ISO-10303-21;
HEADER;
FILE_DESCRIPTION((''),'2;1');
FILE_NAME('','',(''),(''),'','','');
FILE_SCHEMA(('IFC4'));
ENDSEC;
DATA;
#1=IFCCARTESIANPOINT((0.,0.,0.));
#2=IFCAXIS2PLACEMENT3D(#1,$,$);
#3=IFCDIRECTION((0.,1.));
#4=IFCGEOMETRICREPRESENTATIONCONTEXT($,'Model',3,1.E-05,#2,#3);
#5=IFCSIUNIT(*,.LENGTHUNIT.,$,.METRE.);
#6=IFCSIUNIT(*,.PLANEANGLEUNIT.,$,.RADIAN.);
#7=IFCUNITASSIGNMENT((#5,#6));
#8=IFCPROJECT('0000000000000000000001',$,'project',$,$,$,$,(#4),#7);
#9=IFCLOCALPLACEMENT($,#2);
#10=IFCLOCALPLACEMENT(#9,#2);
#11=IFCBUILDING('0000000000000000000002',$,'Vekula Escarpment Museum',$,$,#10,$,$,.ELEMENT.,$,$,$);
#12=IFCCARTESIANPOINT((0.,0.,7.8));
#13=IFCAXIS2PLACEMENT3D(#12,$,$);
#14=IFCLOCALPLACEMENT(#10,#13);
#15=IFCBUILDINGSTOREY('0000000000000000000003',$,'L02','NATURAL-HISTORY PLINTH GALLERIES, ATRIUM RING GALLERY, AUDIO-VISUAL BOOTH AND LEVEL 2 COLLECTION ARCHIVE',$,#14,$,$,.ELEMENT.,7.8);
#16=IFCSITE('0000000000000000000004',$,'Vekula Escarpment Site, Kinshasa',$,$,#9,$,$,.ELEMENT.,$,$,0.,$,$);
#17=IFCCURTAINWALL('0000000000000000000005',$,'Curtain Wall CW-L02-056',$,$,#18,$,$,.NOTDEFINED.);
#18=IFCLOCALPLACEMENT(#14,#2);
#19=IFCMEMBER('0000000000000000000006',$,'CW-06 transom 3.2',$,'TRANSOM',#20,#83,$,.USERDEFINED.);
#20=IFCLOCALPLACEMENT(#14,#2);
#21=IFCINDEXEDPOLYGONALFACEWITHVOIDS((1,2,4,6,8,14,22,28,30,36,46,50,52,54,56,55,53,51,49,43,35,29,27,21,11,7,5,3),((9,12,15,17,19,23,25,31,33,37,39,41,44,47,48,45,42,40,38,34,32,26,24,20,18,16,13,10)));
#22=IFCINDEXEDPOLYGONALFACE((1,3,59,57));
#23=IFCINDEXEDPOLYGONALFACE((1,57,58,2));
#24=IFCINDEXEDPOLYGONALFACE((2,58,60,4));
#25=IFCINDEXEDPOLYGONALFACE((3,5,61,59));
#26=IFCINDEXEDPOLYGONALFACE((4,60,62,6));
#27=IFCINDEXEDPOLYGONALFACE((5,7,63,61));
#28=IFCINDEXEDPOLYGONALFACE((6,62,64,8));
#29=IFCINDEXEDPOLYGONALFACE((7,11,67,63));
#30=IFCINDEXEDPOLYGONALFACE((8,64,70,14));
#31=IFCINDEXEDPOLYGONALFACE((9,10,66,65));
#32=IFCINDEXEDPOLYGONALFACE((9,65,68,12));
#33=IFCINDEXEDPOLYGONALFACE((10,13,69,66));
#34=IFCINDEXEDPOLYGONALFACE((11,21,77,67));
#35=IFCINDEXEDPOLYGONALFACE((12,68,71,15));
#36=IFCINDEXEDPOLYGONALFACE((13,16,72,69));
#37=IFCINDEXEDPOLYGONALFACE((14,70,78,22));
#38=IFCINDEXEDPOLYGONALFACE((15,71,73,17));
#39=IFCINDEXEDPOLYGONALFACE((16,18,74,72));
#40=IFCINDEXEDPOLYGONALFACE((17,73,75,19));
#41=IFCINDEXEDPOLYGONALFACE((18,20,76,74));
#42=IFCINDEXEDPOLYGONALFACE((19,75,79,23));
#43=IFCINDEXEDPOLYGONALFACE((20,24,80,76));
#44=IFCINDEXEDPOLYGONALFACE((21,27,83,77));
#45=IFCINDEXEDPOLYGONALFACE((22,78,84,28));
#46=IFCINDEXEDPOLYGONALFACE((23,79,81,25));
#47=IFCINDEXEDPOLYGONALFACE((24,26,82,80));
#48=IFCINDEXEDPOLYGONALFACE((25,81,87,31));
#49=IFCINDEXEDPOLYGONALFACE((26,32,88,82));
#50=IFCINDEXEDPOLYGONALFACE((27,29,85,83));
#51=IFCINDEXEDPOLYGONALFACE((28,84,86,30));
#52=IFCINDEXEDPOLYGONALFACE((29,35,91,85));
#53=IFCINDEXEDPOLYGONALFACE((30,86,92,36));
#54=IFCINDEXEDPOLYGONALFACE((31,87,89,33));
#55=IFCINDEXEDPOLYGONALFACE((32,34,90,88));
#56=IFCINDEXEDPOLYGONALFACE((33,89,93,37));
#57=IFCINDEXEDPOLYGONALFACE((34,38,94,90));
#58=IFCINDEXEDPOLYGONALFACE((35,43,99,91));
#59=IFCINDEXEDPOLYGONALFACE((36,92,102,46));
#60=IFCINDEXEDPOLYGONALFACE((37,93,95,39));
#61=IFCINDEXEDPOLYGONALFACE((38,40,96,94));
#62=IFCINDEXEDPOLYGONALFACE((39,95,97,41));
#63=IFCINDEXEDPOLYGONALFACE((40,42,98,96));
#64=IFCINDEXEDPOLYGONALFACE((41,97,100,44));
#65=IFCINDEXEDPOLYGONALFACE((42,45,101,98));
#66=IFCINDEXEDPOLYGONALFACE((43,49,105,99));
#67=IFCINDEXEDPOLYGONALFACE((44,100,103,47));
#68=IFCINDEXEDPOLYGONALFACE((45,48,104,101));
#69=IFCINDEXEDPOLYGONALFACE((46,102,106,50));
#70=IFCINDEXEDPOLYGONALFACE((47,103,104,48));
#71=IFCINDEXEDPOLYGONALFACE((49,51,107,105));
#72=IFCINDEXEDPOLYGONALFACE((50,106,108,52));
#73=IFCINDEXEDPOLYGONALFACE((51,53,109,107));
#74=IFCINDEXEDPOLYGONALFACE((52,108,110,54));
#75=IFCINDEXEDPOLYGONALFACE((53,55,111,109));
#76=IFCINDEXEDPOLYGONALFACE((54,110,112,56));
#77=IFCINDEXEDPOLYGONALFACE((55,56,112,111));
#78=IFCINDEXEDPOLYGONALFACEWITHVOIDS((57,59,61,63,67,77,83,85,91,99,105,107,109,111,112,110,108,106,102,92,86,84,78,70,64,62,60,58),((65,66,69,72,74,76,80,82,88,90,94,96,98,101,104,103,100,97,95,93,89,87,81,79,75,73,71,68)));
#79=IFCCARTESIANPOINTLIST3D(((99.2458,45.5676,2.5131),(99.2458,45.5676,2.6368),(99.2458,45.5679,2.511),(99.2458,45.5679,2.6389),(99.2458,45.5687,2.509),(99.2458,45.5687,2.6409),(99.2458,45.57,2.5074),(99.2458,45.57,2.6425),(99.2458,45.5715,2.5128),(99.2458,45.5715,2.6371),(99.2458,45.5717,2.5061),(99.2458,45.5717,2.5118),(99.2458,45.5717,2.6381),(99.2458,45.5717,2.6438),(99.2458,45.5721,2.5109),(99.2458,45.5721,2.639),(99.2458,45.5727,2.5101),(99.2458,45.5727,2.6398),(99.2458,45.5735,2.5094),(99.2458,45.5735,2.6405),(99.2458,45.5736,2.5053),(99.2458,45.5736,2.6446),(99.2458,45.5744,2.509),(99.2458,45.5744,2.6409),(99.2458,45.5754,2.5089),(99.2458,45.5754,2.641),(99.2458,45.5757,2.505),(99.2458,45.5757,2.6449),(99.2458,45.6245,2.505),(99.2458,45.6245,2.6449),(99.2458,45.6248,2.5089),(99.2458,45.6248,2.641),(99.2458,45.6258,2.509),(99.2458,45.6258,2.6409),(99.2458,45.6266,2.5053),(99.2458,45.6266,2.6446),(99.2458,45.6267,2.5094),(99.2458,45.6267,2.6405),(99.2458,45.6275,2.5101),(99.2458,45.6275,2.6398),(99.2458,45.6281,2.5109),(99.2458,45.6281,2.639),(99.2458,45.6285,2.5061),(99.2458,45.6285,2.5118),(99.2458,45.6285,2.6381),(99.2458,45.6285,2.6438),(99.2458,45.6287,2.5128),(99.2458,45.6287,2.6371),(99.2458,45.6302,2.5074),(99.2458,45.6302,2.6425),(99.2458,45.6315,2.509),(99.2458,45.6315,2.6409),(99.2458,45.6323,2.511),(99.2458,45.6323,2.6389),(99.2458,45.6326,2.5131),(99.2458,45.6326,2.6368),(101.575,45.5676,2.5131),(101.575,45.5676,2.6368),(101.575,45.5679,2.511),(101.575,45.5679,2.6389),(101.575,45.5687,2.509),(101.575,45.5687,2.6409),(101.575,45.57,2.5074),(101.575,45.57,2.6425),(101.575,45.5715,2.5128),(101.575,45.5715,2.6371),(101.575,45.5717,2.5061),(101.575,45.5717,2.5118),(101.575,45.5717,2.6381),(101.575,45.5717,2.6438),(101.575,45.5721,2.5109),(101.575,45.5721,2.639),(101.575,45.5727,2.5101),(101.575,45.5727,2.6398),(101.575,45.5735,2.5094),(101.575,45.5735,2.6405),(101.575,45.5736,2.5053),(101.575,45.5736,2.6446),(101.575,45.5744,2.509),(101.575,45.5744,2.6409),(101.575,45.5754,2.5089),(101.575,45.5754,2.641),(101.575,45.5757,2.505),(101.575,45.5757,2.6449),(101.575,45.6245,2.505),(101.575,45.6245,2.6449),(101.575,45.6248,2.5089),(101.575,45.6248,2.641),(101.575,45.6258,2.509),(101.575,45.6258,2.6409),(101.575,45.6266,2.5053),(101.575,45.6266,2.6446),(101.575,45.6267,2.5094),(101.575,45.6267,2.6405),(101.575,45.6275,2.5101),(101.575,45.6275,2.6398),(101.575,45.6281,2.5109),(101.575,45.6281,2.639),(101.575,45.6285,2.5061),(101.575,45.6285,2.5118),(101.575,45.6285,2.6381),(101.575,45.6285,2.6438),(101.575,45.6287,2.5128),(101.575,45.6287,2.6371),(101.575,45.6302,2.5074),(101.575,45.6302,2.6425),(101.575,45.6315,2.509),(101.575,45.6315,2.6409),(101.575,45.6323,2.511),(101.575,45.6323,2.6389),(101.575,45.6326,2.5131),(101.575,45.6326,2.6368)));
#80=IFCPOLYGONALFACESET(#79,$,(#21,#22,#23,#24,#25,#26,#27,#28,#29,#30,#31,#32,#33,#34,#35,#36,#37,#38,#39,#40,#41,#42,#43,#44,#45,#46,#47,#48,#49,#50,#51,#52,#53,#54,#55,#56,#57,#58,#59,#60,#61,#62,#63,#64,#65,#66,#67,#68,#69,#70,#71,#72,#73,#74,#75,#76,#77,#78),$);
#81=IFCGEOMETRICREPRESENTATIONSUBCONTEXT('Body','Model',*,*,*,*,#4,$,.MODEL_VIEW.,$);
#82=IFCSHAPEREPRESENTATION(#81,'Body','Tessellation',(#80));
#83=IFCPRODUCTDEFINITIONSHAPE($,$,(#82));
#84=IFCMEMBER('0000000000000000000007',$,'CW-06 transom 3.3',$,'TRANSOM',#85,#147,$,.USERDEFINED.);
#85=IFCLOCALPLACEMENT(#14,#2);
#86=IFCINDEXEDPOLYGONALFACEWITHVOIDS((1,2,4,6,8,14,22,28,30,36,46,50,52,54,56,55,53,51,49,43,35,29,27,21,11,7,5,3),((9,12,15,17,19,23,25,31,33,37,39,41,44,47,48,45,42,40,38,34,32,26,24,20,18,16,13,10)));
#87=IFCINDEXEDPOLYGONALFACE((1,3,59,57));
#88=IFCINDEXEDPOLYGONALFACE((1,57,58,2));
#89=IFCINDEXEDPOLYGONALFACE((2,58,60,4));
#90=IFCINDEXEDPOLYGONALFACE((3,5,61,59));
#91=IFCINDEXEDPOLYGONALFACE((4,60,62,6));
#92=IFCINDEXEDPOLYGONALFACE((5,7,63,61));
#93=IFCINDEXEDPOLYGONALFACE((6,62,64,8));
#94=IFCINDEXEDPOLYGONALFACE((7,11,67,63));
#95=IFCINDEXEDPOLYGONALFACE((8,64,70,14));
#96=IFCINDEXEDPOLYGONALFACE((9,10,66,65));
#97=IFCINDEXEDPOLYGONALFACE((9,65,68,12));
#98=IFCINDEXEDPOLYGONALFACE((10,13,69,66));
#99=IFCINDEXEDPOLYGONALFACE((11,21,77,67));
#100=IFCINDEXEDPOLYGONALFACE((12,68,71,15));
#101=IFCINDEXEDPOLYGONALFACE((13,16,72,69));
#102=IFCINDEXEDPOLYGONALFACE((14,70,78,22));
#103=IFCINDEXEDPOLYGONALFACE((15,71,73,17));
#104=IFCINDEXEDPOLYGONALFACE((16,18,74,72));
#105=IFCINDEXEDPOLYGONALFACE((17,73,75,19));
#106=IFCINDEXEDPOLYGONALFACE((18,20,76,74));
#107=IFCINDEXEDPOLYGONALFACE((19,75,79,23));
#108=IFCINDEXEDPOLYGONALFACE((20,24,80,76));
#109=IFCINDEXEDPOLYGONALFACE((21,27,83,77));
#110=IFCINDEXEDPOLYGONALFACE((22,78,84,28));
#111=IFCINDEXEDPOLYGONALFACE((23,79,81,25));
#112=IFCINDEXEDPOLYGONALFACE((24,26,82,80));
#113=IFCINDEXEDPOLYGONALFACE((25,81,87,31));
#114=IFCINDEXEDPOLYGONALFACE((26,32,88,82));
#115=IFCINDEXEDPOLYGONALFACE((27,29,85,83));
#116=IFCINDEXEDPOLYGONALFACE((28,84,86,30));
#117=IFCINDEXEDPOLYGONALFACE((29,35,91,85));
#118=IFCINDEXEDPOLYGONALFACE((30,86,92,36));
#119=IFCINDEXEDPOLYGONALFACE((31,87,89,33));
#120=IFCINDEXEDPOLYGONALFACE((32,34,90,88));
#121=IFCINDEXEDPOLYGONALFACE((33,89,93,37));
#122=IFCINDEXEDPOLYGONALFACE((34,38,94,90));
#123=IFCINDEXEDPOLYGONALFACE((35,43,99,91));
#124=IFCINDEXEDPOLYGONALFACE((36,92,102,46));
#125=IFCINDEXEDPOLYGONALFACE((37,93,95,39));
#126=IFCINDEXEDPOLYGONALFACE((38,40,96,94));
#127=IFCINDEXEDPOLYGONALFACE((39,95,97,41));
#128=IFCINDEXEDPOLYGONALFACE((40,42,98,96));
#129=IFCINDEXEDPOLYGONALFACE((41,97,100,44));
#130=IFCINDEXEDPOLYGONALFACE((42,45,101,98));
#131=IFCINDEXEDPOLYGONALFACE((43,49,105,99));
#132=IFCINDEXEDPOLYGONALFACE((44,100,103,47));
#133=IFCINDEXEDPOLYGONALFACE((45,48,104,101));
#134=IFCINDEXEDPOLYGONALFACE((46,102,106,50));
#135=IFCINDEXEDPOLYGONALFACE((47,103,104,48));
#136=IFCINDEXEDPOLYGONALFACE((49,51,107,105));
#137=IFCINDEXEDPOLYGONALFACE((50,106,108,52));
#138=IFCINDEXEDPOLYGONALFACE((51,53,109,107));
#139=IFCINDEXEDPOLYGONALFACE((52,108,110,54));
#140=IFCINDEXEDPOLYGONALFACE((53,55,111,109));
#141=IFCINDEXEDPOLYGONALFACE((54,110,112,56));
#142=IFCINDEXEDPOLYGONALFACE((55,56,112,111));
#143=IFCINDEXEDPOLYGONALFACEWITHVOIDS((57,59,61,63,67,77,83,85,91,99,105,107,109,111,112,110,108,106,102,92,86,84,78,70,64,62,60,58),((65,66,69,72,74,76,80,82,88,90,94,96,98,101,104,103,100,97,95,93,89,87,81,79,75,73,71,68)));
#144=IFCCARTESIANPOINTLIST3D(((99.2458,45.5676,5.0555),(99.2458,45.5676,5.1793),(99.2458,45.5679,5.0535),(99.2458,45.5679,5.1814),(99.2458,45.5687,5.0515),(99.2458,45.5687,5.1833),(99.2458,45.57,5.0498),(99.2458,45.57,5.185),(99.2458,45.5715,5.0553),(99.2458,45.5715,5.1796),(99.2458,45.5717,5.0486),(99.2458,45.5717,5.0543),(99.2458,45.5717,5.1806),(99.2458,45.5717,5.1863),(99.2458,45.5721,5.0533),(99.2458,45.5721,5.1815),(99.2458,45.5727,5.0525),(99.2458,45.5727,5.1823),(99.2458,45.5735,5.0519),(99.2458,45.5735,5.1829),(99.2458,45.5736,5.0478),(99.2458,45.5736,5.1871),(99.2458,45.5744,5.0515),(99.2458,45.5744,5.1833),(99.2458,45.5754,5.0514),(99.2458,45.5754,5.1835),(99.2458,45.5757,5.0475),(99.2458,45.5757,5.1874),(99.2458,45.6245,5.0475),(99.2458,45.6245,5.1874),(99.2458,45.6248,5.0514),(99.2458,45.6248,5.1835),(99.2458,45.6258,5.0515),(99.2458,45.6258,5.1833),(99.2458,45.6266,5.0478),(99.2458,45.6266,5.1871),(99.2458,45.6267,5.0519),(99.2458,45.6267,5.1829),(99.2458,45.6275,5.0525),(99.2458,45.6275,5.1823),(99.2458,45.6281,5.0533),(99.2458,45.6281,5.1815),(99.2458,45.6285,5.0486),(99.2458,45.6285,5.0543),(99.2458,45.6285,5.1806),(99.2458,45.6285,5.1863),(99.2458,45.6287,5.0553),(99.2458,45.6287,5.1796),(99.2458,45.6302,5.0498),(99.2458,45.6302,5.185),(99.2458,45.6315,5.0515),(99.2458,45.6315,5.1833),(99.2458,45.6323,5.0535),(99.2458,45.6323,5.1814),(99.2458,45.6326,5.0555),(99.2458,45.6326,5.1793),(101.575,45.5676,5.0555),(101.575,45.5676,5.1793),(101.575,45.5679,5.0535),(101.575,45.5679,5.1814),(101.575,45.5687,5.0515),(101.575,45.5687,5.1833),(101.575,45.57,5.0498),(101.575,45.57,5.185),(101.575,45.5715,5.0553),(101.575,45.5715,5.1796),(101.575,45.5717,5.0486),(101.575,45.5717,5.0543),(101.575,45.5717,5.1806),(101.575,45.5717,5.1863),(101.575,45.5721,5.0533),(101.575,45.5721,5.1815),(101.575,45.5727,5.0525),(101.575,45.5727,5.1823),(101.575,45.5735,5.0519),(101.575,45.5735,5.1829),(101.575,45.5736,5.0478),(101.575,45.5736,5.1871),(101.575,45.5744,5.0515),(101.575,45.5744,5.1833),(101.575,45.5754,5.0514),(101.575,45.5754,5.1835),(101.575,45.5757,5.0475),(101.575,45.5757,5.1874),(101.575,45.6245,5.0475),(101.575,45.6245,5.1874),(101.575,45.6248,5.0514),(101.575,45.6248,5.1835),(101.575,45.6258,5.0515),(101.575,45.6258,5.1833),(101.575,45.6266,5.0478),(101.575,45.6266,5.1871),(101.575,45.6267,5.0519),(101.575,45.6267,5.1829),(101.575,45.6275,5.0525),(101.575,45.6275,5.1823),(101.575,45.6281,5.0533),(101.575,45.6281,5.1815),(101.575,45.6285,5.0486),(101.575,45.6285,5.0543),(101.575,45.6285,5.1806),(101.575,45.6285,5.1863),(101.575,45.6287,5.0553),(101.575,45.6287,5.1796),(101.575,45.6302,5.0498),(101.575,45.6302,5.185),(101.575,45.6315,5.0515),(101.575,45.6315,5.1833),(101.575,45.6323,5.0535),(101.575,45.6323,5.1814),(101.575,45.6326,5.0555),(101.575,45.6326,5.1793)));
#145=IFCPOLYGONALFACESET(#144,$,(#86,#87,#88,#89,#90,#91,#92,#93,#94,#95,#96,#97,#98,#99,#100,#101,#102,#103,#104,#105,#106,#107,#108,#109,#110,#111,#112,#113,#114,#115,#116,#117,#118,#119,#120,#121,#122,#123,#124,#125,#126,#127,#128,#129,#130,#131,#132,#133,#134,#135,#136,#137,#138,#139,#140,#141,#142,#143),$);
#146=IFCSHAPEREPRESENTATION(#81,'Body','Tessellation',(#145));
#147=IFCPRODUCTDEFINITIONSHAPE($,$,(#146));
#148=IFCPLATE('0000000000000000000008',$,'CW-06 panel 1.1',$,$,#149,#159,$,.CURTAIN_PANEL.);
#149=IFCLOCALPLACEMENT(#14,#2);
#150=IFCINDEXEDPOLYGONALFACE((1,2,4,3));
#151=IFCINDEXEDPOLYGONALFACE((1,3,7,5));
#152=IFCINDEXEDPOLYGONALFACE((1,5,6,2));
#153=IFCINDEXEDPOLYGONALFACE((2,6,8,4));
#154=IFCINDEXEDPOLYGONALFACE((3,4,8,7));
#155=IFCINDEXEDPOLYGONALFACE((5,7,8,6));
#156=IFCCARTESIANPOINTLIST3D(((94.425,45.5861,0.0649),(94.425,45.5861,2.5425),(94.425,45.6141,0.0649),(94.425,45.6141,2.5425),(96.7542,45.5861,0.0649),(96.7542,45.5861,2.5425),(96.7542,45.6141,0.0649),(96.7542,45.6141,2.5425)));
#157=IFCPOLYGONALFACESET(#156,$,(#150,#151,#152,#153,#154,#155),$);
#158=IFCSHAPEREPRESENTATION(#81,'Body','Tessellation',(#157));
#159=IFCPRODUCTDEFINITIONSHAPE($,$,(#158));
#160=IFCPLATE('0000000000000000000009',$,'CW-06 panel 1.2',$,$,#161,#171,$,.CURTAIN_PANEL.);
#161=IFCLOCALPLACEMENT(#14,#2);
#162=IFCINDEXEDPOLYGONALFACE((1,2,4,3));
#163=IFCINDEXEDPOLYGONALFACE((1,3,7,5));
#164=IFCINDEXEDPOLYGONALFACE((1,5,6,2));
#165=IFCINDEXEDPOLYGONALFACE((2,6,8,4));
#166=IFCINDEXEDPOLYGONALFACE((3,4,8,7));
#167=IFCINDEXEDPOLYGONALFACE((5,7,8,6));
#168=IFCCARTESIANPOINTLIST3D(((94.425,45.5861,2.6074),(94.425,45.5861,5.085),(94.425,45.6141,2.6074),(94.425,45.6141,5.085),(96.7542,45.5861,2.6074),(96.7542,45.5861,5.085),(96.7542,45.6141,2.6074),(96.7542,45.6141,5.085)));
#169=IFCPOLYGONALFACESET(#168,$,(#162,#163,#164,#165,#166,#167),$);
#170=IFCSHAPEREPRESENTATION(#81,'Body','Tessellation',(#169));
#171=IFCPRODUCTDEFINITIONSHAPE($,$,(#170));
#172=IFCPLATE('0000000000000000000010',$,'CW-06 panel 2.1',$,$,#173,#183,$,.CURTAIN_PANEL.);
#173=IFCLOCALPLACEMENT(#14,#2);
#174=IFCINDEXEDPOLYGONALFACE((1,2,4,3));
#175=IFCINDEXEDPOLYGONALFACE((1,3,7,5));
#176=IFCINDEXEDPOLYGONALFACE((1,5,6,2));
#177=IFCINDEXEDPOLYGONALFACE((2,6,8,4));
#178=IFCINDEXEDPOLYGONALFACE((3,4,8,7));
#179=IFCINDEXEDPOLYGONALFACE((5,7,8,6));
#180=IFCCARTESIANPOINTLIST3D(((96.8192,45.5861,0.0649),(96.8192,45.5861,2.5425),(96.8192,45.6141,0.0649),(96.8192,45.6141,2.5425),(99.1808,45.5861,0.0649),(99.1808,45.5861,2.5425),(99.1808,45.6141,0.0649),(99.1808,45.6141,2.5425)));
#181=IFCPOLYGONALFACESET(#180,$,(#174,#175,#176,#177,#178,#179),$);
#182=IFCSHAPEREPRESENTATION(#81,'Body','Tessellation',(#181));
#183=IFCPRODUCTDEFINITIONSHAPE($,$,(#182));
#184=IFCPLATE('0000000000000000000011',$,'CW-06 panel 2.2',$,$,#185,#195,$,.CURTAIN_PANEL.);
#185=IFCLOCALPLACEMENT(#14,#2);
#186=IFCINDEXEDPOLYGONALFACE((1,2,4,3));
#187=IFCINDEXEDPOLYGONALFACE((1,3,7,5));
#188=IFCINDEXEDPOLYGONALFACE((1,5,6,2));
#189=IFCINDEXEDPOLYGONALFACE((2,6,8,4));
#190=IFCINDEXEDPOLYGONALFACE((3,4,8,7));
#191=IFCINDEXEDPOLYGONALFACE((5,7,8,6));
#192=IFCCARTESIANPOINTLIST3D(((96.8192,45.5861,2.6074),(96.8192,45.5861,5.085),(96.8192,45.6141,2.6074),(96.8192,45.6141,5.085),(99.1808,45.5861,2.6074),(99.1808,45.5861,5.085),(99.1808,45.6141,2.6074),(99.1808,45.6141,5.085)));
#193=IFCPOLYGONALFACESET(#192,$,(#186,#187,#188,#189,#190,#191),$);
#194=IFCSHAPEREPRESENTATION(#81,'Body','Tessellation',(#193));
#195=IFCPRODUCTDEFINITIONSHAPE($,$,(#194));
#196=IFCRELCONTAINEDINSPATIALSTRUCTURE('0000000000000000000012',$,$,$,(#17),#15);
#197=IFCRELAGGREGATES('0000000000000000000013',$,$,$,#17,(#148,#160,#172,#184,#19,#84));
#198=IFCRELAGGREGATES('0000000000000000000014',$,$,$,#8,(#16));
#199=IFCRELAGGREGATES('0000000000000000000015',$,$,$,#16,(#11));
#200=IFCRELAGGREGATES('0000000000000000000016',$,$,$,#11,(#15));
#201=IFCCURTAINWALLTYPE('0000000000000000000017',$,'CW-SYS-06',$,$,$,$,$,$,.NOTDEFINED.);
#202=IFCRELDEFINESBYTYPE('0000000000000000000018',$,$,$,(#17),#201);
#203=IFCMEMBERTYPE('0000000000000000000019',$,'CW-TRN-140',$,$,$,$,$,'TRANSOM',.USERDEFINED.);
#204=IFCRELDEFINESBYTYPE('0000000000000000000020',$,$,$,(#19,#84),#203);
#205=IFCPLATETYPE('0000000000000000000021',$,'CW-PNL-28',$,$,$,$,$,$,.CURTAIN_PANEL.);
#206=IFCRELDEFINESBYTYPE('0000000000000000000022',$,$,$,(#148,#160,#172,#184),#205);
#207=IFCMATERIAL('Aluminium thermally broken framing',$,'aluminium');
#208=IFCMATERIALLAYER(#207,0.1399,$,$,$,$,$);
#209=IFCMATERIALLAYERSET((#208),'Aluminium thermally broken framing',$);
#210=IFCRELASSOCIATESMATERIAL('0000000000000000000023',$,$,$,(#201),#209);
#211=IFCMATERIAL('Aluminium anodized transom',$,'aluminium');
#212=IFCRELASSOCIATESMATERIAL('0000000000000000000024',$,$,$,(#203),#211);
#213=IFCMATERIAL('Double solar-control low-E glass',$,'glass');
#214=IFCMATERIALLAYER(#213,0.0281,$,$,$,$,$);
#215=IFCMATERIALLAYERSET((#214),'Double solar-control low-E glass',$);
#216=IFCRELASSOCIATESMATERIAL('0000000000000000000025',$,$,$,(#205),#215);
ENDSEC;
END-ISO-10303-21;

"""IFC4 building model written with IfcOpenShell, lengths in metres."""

from ifc_helpers import new_model, si_unit, direction, frame, origin, origin_2d, place, context, subcontext, project, spatial, rectangle, hollow_rectangle, extrude, material, layer, layer_set, material_profile, profile_set, type_object, element, aggregate, save


model = new_model("IFC4")

# Units and contexts
model_context = context("Model", 3, precision=1e-05, world=origin(), true_north=direction((0.0, 1.0)))
body_context = subcontext(model_context, "Body", "Model", "MODEL_VIEW")
ifc_project = project(units=[si_unit("LENGTHUNIT", "METRE"), si_unit("PLANEANGLEUNIT", "RADIAN")], contexts=[model_context])

# Site, building, storey
site_placement = place(None, origin())
site = spatial("IfcSite", under=ifc_project, at=site_placement, Name="Vekula Escarpment Site, Kinshasa", CompositionType="ELEMENT", RefElevation=0.0)
building_placement = place(site_placement, origin())
building = spatial("IfcBuilding", under=site, at=building_placement, Name="Vekula Escarpment Museum", CompositionType="ELEMENT")
storey_placement = place(building_placement, frame((0.0, 0.0, 7.8)))
storey = spatial("IfcBuildingStorey", under=building, at=storey_placement, Name="L02", Description="NATURAL-HISTORY PLINTH GALLERIES, ATRIUM RING GALLERY, AUDIO-VISUAL BOOTH AND LEVEL 2 COLLECTION ARCHIVE", CompositionType="ELEMENT", Elevation=7.8)

# Curtain wall
ifc_material_1 = material(Name="Aluminium thermally broken framing", Category="aluminium")
ifc_layer_1 = layer(ifc_material_1, 0.1399)
ifc_layer_set_1 = layer_set([ifc_layer_1], Name="Aluminium thermally broken framing")
curtain_wall_type_1 = type_object("IfcCurtainWallType", Name="CW-SYS-06", PredefinedType="NOTDEFINED", material=ifc_layer_set_1)
curtain_wall_1_placement = place(storey_placement, origin())
curtain_wall_1 = element("IfcCurtainWall", 1, at=curtain_wall_1_placement, inside=storey, type_object=curtain_wall_type_1, Name="Curtain Wall CW-L02-056", PredefinedType="NOTDEFINED")

# Members
ifc_material_2 = material(Name="Aluminium anodized transom", Category="aluminium")
ifc_material_profile_1 = material_profile(ifc_material_2, hollow_rectangle(XDim=0.0649, YDim=0.1399, WallThickness=0.0039, InnerFilletRadius=0.0039, OuterFilletRadius=0.0081, at=origin_2d()), Name="ALU 140x65x4")
ifc_profile_set_1 = profile_set([ifc_material_profile_1], Name="Aluminium anodized transom")
member_type_1 = type_object("IfcMemberType", Name="CW-TRN-140", ElementType="TRANSOM", PredefinedType="USERDEFINED", material=ifc_profile_set_1)
member_1_placement = place(storey_placement, frame((99.2458, 45.6001, 2.575), z_axis=(1.0, 0.0, 0.0), x_axis=(0.0, 1.0, 0.0)))
member_1 = element("IfcMember", 2, at=member_1_placement, type_object=member_type_1, Name="CW-06 transom 3.2", ObjectType="TRANSOM", PredefinedType="USERDEFINED", context=body_context, shape_type="SweptSolid", body=[
    extrude(hollow_rectangle(XDim=0.0649, YDim=0.1399, WallThickness=0.0039, InnerFilletRadius=0.0039, OuterFilletRadius=0.0081, at=origin_2d()), origin(), (0.0, 0.0, 1.0), 2.3291),
])
member_2_placement = place(storey_placement, frame((99.2458, 45.6001, 5.1174), z_axis=(1.0, 0.0, 0.0), x_axis=(0.0, 1.0, 0.0)))
member_2 = element("IfcMember", 3, at=member_2_placement, type_object=member_type_1, Name="CW-06 transom 3.3", ObjectType="TRANSOM", PredefinedType="USERDEFINED", context=body_context, shape_type="SweptSolid", body=[
    extrude(hollow_rectangle(XDim=0.0649, YDim=0.1399, WallThickness=0.0039, InnerFilletRadius=0.0039, OuterFilletRadius=0.0081, at=origin_2d()), origin(), (0.0, 0.0, 1.0), 2.3291),
])

# Plates
ifc_material_3 = material(Name="Double solar-control low-E glass", Category="glass")
ifc_layer_2 = layer(ifc_material_3, 0.0281)
ifc_layer_set_2 = layer_set([ifc_layer_2], Name="Double solar-control low-E glass")
plate_type = type_object("IfcPlateType", Name="CW-PNL-28", PredefinedType="CURTAIN_PANEL", material=ifc_layer_set_2)
plate_1_placement = place(storey_placement, frame((95.5896, 45.6001, 0.0649), z_axis=(0.0, 0.0, 1.0), x_axis=(1.0, 0.0, 0.0)))
plate_1 = element("IfcPlate", 4, at=plate_1_placement, type_object=plate_type, Name="CW-06 panel 1.1", PredefinedType="CURTAIN_PANEL", context=body_context, shape_type="SweptSolid", body=[
    extrude(rectangle(XDim=2.3291, YDim=0.0281, at=origin_2d()), origin(), (0.0, 0.0, 1.0), 2.4775),
])
plate_2_placement = place(storey_placement, frame((95.5896, 45.6001, 2.6074), z_axis=(0.0, 0.0, 1.0), x_axis=(1.0, 0.0, 0.0)))
plate_2 = element("IfcPlate", 5, at=plate_2_placement, type_object=plate_type, Name="CW-06 panel 1.2", PredefinedType="CURTAIN_PANEL", context=body_context, shape_type="SweptSolid", body=[
    extrude(rectangle(XDim=2.3291, YDim=0.0281, at=origin_2d()), origin(), (0.0, 0.0, 1.0), 2.4775),
])
plate_3_placement = place(storey_placement, frame((98.0, 45.6001, 0.0649), z_axis=(0.0, 0.0, 1.0), x_axis=(1.0, 0.0, 0.0)))
plate_3 = element("IfcPlate", 6, at=plate_3_placement, type_object=plate_type, Name="CW-06 panel 2.1", PredefinedType="CURTAIN_PANEL", context=body_context, shape_type="SweptSolid", body=[
    extrude(rectangle(XDim=2.3616, YDim=0.0281, at=origin_2d()), origin(), (0.0, 0.0, 1.0), 2.4775),
])
plate_4_placement = place(storey_placement, frame((98.0, 45.6001, 2.6074), z_axis=(0.0, 0.0, 1.0), x_axis=(1.0, 0.0, 0.0)))
plate_4 = element("IfcPlate", 7, at=plate_4_placement, type_object=plate_type, Name="CW-06 panel 2.2", PredefinedType="CURTAIN_PANEL", context=body_context, shape_type="SweptSolid", body=[
    extrude(rectangle(XDim=2.3616, YDim=0.0281, at=origin_2d()), origin(), (0.0, 0.0, 1.0), 2.4775),
])
aggregate(curtain_wall_1, [plate_1, plate_2, plate_3, plate_4, member_1, member_2])

save(model, "model.ifc")
